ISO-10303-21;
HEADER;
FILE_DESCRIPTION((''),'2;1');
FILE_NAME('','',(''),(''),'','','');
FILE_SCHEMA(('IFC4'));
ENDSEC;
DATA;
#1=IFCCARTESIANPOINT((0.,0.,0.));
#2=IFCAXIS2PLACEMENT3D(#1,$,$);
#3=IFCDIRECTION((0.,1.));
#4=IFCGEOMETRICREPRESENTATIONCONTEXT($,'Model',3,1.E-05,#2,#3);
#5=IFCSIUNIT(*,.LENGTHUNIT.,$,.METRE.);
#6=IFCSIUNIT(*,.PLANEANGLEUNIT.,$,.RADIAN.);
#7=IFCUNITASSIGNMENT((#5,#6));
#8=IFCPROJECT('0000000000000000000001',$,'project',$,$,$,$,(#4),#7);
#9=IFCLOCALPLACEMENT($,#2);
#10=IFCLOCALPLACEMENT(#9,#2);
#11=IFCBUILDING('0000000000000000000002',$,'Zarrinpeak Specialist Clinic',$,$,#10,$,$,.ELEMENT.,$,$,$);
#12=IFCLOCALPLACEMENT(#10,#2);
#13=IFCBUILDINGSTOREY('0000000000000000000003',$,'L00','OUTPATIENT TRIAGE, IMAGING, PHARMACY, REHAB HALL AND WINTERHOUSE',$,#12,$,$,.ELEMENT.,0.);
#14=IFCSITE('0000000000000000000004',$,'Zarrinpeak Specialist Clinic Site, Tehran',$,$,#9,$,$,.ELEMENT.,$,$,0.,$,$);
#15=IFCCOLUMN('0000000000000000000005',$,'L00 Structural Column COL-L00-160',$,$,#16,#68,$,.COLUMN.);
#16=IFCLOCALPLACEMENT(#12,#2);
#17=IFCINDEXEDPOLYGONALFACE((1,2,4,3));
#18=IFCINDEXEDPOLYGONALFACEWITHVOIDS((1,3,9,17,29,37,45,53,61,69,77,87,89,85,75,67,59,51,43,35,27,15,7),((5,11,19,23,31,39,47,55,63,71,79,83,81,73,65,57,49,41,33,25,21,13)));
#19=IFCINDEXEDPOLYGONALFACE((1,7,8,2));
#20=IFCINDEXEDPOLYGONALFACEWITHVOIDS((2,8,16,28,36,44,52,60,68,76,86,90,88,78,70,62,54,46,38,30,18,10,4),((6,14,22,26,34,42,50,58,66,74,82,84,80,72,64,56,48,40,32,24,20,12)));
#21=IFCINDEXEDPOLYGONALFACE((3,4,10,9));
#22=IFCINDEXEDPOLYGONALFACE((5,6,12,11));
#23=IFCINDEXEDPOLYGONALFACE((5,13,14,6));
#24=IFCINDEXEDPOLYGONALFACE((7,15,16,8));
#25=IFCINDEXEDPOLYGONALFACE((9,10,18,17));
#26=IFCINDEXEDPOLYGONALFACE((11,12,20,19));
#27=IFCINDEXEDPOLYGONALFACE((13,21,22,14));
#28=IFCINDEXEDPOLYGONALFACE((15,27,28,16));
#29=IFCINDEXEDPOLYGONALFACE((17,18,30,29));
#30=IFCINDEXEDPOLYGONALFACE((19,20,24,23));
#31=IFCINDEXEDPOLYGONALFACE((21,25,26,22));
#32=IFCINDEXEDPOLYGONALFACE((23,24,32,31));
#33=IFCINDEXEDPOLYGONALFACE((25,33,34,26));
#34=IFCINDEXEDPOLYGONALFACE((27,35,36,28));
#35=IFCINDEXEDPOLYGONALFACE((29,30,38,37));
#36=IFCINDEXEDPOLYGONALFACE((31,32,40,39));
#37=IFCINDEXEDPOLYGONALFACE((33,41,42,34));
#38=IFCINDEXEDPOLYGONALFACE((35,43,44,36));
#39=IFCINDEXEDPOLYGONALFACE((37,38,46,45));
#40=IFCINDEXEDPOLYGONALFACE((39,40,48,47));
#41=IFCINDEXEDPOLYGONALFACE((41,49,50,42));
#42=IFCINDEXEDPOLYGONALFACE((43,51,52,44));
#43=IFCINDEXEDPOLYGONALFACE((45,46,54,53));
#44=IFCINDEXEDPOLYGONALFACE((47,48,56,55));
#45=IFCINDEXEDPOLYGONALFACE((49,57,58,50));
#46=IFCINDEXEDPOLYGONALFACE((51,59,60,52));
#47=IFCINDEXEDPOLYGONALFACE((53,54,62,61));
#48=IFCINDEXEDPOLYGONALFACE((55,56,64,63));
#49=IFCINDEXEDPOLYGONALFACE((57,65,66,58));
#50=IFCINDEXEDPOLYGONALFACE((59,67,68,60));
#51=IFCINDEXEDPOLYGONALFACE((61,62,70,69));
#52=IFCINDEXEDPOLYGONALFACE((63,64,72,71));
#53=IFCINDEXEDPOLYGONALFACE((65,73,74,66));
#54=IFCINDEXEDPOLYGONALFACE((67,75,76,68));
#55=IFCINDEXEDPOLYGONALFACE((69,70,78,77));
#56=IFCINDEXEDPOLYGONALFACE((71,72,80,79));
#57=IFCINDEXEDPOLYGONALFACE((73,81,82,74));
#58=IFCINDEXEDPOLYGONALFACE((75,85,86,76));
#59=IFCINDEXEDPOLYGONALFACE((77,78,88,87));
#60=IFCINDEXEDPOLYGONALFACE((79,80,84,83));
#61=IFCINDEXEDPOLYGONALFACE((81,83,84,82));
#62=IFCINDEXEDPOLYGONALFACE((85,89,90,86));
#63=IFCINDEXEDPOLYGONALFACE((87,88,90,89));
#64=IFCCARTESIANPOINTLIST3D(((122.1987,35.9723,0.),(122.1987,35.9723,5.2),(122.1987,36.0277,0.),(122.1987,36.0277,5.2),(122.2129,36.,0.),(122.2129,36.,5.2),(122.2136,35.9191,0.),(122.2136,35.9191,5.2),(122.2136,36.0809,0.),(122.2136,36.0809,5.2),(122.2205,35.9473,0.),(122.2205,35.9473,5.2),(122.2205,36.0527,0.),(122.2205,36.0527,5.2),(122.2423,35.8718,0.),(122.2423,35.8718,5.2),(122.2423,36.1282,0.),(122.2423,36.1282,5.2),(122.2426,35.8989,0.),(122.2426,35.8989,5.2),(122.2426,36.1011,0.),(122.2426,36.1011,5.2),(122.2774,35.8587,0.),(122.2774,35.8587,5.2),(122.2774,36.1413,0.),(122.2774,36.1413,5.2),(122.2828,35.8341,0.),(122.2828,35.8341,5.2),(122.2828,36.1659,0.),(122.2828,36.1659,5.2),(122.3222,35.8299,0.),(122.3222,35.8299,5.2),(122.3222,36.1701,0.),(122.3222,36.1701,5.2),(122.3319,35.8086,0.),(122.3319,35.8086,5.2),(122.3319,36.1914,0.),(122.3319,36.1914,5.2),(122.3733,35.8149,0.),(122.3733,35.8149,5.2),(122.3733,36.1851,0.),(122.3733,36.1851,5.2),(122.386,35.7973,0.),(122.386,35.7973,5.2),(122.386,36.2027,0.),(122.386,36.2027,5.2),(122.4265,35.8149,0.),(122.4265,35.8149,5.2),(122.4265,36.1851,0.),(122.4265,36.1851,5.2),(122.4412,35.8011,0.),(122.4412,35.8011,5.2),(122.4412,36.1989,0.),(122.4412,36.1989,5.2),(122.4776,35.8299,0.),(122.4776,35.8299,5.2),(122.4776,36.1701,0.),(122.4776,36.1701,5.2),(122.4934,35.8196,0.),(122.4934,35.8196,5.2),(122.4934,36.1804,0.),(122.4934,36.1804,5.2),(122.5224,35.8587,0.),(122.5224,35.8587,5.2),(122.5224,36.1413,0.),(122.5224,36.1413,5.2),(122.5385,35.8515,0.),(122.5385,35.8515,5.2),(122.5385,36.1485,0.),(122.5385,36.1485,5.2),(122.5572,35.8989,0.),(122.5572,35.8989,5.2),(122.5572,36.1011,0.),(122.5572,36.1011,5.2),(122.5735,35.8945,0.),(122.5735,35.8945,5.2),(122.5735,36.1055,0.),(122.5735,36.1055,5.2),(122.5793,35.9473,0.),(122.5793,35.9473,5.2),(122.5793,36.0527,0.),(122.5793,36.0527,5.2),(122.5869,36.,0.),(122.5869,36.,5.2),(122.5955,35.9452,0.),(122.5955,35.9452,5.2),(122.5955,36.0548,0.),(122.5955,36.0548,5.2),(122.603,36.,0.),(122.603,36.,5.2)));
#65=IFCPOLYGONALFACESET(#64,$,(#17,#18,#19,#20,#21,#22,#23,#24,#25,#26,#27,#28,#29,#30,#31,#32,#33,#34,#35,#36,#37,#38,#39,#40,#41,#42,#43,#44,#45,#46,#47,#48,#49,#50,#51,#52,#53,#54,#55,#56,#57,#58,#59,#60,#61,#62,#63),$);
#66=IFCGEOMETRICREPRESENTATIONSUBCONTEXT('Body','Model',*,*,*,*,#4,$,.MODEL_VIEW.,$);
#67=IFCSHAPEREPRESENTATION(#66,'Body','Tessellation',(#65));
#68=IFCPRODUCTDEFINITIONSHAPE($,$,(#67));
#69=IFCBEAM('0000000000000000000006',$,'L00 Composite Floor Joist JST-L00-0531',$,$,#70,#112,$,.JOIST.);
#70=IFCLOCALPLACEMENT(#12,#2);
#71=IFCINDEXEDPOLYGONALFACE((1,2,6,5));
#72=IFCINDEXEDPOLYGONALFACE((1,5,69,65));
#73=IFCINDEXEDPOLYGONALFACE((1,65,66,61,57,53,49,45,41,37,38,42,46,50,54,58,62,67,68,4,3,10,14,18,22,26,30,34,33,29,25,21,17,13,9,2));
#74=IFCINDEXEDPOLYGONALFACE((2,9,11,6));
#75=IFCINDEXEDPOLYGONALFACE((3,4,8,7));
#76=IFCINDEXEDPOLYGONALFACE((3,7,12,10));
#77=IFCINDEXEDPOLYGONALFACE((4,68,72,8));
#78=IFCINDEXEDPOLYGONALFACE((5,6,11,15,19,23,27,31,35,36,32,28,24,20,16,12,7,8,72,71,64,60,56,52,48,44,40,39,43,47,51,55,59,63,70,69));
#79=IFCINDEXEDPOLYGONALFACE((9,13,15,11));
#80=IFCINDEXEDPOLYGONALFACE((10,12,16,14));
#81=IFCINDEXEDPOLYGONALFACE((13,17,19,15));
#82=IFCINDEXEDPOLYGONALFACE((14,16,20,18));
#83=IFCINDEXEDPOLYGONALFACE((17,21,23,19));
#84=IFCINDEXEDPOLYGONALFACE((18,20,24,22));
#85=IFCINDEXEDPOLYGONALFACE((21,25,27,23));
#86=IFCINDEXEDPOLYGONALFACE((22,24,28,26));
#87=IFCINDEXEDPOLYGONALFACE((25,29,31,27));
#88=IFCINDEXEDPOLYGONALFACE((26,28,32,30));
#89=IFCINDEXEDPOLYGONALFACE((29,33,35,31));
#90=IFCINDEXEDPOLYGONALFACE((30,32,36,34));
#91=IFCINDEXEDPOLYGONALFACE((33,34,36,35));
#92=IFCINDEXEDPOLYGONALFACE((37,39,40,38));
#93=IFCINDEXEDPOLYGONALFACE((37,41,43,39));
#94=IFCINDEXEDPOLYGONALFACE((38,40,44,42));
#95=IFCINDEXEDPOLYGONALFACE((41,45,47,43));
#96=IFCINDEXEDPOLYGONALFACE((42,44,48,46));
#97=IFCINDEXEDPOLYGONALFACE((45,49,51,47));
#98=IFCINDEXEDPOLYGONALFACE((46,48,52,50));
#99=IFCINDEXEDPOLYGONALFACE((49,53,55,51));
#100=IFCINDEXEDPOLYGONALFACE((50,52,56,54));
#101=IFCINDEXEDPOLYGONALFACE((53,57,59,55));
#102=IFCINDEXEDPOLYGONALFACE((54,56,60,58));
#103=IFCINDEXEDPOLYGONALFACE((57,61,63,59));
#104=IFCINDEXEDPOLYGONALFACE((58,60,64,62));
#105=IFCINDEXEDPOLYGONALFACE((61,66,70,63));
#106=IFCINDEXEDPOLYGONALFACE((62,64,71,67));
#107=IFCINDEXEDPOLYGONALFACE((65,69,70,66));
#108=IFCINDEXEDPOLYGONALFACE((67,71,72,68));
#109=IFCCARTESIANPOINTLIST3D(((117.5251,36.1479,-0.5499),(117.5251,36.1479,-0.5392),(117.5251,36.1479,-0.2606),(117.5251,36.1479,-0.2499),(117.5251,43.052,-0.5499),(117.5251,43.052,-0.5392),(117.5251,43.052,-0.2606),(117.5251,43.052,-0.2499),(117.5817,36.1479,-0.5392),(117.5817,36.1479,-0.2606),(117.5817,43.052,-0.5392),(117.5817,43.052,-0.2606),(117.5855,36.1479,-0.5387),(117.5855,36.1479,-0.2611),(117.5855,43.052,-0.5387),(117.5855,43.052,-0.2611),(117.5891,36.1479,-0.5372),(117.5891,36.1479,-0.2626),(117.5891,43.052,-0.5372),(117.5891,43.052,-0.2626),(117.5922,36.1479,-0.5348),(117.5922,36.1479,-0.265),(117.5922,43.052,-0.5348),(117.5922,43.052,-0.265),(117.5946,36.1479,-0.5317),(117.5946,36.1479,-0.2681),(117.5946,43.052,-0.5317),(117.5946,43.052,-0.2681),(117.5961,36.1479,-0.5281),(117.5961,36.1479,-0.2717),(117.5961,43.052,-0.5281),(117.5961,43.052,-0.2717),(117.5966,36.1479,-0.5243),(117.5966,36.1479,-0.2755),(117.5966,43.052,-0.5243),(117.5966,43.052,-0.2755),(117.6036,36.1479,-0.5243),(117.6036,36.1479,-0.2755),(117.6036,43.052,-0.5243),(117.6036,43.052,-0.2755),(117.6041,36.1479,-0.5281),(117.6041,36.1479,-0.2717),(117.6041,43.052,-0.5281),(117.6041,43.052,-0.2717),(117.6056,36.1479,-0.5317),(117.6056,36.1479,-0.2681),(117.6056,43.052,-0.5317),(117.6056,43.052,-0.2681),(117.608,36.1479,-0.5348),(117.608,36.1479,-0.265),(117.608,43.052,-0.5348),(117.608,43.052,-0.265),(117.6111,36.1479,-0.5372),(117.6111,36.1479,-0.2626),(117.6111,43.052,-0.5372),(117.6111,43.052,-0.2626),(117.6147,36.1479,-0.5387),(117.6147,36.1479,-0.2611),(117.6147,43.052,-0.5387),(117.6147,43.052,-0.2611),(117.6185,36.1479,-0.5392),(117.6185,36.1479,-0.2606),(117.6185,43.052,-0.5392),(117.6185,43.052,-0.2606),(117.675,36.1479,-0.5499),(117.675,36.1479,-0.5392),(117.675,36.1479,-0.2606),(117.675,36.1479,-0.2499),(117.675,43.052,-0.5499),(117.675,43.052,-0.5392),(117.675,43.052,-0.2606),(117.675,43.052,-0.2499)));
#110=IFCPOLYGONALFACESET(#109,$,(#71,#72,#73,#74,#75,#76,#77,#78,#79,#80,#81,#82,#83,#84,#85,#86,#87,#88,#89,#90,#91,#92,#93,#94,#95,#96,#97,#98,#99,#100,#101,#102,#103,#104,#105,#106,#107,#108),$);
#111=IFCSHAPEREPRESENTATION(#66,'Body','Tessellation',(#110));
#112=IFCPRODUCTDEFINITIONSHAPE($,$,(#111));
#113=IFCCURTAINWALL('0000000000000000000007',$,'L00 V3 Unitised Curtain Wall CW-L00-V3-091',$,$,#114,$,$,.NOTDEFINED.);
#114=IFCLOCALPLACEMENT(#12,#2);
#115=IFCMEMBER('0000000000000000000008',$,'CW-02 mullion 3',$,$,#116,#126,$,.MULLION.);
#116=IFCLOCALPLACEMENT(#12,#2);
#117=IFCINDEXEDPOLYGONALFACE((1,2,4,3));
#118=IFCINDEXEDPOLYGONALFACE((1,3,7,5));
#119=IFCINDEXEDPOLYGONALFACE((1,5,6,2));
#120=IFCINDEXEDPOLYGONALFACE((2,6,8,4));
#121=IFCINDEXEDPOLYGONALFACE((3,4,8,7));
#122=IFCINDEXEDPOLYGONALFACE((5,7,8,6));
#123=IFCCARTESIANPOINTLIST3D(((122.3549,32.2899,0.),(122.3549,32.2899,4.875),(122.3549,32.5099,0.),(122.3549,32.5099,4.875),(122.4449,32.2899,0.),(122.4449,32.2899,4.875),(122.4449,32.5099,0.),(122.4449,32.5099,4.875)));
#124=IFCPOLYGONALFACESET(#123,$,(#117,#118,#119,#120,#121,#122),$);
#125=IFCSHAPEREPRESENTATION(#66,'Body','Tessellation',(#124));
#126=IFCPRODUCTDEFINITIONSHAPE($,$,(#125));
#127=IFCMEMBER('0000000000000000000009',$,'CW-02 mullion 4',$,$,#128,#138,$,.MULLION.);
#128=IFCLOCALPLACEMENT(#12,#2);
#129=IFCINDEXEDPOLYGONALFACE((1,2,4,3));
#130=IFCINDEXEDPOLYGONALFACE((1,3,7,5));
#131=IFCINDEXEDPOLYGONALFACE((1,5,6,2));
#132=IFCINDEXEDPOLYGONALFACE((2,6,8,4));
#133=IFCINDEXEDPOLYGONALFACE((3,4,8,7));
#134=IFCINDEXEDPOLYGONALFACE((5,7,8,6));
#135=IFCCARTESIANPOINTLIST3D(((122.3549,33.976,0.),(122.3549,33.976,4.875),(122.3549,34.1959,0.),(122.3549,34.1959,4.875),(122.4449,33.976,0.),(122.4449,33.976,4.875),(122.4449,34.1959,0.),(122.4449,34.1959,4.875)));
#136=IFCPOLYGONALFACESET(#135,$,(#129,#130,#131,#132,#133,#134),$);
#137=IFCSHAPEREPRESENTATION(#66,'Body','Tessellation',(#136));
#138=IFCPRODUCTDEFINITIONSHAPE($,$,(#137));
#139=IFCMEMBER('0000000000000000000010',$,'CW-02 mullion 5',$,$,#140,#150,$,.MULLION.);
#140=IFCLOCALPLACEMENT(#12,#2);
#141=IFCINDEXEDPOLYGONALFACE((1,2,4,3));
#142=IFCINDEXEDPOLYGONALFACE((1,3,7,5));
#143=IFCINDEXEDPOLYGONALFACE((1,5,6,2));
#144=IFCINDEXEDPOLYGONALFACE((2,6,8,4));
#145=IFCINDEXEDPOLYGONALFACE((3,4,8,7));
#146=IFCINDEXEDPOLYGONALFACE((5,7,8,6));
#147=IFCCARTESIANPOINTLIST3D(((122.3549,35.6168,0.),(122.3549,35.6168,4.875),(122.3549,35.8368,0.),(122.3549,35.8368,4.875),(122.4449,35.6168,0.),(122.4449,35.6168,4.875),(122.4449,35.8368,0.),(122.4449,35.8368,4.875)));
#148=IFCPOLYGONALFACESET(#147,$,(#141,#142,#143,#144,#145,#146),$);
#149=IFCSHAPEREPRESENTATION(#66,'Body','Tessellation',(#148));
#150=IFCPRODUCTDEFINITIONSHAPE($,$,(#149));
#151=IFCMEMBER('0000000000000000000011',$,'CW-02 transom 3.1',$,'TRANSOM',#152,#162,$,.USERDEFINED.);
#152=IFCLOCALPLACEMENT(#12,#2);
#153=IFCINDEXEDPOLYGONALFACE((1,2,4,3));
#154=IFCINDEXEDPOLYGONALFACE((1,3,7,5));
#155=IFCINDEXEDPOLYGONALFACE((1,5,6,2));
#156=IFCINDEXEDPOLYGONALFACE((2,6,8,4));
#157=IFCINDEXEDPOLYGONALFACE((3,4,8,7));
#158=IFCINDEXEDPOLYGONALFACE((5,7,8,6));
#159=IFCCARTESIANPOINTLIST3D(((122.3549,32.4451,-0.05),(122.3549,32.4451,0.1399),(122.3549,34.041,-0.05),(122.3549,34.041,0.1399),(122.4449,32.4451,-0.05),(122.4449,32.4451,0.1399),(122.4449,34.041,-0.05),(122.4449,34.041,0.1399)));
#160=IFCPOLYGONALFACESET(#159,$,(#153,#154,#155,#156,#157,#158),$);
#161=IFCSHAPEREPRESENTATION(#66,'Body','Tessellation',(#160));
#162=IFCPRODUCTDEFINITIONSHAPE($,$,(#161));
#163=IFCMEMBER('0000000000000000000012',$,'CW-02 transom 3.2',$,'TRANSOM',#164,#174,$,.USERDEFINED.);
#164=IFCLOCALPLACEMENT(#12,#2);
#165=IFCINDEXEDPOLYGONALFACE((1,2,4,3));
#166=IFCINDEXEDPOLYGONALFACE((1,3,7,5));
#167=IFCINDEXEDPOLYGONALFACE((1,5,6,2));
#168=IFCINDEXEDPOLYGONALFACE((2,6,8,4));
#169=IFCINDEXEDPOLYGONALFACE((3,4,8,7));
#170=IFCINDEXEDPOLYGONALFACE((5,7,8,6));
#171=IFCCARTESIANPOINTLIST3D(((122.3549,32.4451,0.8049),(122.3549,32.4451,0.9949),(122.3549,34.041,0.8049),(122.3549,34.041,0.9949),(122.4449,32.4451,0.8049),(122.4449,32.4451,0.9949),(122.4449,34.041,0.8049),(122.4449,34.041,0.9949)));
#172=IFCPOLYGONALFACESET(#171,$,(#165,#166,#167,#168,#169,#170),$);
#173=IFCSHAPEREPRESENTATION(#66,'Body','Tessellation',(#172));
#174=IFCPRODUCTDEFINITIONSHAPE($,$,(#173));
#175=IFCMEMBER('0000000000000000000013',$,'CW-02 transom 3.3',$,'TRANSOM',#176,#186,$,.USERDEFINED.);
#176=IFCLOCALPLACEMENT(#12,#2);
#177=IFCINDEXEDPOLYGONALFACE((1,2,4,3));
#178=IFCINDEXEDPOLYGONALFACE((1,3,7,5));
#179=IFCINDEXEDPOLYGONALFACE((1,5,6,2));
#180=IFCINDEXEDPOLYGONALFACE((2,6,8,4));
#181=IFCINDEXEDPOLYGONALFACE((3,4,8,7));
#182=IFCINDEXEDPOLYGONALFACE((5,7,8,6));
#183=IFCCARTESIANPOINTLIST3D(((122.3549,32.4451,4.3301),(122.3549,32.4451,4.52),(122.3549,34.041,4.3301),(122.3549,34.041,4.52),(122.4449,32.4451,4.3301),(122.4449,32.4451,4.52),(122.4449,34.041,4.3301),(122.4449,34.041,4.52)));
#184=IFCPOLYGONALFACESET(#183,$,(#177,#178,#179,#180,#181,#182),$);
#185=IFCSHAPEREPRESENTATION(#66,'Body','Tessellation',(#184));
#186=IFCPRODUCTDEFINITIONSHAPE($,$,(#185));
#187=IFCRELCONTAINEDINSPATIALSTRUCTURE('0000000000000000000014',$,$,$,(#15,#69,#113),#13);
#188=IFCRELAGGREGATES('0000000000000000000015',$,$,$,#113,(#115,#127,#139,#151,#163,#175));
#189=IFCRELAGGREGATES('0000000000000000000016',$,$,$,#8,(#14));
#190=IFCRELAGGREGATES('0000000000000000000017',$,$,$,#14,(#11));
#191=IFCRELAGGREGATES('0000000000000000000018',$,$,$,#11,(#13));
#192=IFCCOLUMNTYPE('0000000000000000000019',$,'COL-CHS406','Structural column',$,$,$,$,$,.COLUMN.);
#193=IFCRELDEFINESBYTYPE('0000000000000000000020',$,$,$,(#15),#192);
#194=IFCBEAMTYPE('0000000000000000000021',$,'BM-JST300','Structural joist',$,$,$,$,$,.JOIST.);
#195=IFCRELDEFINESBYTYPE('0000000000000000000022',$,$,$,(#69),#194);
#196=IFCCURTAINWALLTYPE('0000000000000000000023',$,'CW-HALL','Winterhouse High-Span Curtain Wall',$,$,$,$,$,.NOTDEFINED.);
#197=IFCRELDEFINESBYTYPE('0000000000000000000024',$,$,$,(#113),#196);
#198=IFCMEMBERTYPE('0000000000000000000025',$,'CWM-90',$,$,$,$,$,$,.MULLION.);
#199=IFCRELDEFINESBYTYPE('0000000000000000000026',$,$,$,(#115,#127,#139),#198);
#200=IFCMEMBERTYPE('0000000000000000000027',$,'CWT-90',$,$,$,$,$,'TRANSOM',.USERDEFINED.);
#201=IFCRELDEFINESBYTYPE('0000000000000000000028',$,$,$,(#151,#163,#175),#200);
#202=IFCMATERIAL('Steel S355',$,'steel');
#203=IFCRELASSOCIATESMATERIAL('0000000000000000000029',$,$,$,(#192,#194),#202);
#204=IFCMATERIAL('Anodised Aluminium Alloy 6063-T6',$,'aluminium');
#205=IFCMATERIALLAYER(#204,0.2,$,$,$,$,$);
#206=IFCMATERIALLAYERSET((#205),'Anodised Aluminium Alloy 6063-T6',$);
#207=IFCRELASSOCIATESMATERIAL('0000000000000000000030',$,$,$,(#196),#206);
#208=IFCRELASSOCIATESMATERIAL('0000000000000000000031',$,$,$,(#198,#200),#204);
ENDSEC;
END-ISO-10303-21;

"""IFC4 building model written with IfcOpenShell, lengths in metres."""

from ifc_helpers import new_model, si_unit, direction, frame, origin, origin_2d, place, context, subcontext, project, spatial, rectangle, hollow_circle, i_section, extrude, material, layer, layer_set, material_profile, profile_set, type_object, element, aggregate, save


model = new_model("IFC4")

# Units and contexts
model_context = context("Model", 3, precision=1e-05, world=origin(), true_north=direction((0.0, 1.0)))
body_context = subcontext(model_context, "Body", "Model", "MODEL_VIEW")
ifc_project = project(units=[si_unit("LENGTHUNIT", "METRE"), si_unit("PLANEANGLEUNIT", "RADIAN")], contexts=[model_context])

# Site, building, storey
site_placement = place(None, origin())
site = spatial("IfcSite", under=ifc_project, at=site_placement, Name="Zarrinpeak Specialist Clinic Site, Tehran", CompositionType="ELEMENT", RefElevation=0.0)
building_placement = place(site_placement, origin())
building = spatial("IfcBuilding", under=site, at=building_placement, Name="Zarrinpeak Specialist Clinic", CompositionType="ELEMENT")
storey_placement = place(building_placement, origin())
storey = spatial("IfcBuildingStorey", under=building, at=storey_placement, Name="L00", Description="OUTPATIENT TRIAGE, IMAGING, PHARMACY, REHAB HALL AND WINTERHOUSE", CompositionType="ELEMENT", Elevation=0.0)

# Column
ifc_material_1 = material(Name="Steel S355", Category="steel")
ifc_material_profile_1 = material_profile(ifc_material_1, hollow_circle(Radius=0.2031, WallThickness=0.0161, at=origin_2d()), Name="CHS 406.4x16.0")
ifc_profile_set_1 = profile_set([ifc_material_profile_1], Name="Steel S355")
column_type = type_object("IfcColumnType", Name="COL-CHS406", Description="Structural column", PredefinedType="COLUMN", material=ifc_profile_set_1)
column_placement = place(storey_placement, frame((122.3999, 36.0, 0.0), z_axis=(0.0, 0.0, 1.0), x_axis=(1.0, 0.0, 0.0)))
element("IfcColumn", 1, at=column_placement, inside=storey, type_object=column_type, Name="L00 Structural Column COL-L00-160", PredefinedType="COLUMN", context=body_context, shape_type="SweptSolid", body=[
    extrude(hollow_circle(Radius=0.2031, WallThickness=0.0161, at=origin_2d()), origin(), (0.0, 0.0, 1.0), 5.2),
])

# Beam
ifc_material_profile_2 = material_profile(ifc_material_1, i_section(OverallWidth=0.1499, OverallDepth=0.3, WebThickness=0.0071, FlangeThickness=0.0107, FilletRadius=0.0149, at=origin_2d()), Name="IPE 300")
ifc_profile_set_2 = profile_set([ifc_material_profile_2], Name="Steel S355")
beam_type = type_object("IfcBeamType", Name="BM-JST300", Description="Structural joist", PredefinedType="JOIST", material=ifc_profile_set_2)
beam_placement = place(storey_placement, frame((117.6001, 36.1479, -0.3999), z_axis=(0.0, 1.0, 0.0), x_axis=(-1.0, 0.0, 0.0)))
element("IfcBeam", 2, at=beam_placement, inside=storey, type_object=beam_type, Name="L00 Composite Floor Joist JST-L00-0531", PredefinedType="JOIST", context=body_context, shape_type="SweptSolid", body=[
    extrude(i_section(OverallWidth=0.1499, OverallDepth=0.3, WebThickness=0.0071, FlangeThickness=0.0107, FilletRadius=0.0149, at=origin_2d()), origin(), (0.0, 0.0, 1.0), 6.9041),
])

# Curtain wall, members
ifc_material_2 = material(Name="Anodised Aluminium Alloy 6063-T6", Category="aluminium")
ifc_layer_1 = layer(ifc_material_2, 0.2)
ifc_layer_set_1 = layer_set([ifc_layer_1], Name="Anodised Aluminium Alloy 6063-T6")
curtain_wall_type = type_object("IfcCurtainWallType", Name="CW-HALL", Description="Winterhouse High-Span Curtain Wall", PredefinedType="NOTDEFINED", material=ifc_layer_set_1)
curtain_wall_placement = place(storey_placement, origin())
curtain_wall = element("IfcCurtainWall", 3, at=curtain_wall_placement, inside=storey, type_object=curtain_wall_type, Name="L00 V3 Unitised Curtain Wall CW-L00-V3-091", PredefinedType="NOTDEFINED")
ifc_material_profile_3 = material_profile(ifc_material_2, rectangle(XDim=0.0901, YDim=0.22, at=origin_2d()), Name="ALU 90x220")
ifc_profile_set_3 = profile_set([ifc_material_profile_3], Name="Anodised Aluminium Alloy 6063-T6")
member_type_1 = type_object("IfcMemberType", Name="CWM-90", PredefinedType="MULLION", material=ifc_profile_set_3)
member_1_placement = place(storey_placement, frame((122.3999, 32.3999, 0.0), z_axis=(0.0, 0.0, 1.0), x_axis=(-1.0, 0.0, 0.0)))
member_1 = element("IfcMember", 4, at=member_1_placement, type_object=member_type_1, Name="CW-02 mullion 3", PredefinedType="MULLION", context=body_context, shape_type="SweptSolid", body=[
    extrude(rectangle(XDim=0.0901, YDim=0.22, at=origin_2d()), origin(), (0.0, 0.0, 1.0), 4.875),
])
member_2_placement = place(storey_placement, frame((122.3999, 34.0859, 0.0), z_axis=(0.0, 0.0, 1.0), x_axis=(-1.0, 0.0, 0.0)))
member_2 = element("IfcMember", 5, at=member_2_placement, type_object=member_type_1, Name="CW-02 mullion 4", PredefinedType="MULLION", context=body_context, shape_type="SweptSolid", body=[
    extrude(rectangle(XDim=0.0901, YDim=0.22, at=origin_2d()), origin(), (0.0, 0.0, 1.0), 4.875),
])
member_3_placement = place(storey_placement, frame((122.3999, 35.7268, 0.0), z_axis=(0.0, 0.0, 1.0), x_axis=(-1.0, 0.0, 0.0)))
member_3 = element("IfcMember", 6, at=member_3_placement, type_object=member_type_1, Name="CW-02 mullion 5", PredefinedType="MULLION", context=body_context, shape_type="SweptSolid", body=[
    extrude(rectangle(XDim=0.0901, YDim=0.22, at=origin_2d()), origin(), (0.0, 0.0, 1.0), 4.875),
])
ifc_material_profile_4 = material_profile(ifc_material_2, rectangle(XDim=0.0901, YDim=0.1899, at=origin_2d()), Name="ALU 90x190")
ifc_profile_set_4 = profile_set([ifc_material_profile_4], Name="Anodised Aluminium Alloy 6063-T6")
member_type_2 = type_object("IfcMemberType", Name="CWT-90", ElementType="TRANSOM", PredefinedType="USERDEFINED", material=ifc_profile_set_4)
member_4_placement = place(storey_placement, frame((122.3999, 32.4451, 0.0449), z_axis=(0.0, 1.0, 0.0), x_axis=(-1.0, 0.0, 0.0)))
member_4 = element("IfcMember", 7, at=member_4_placement, type_object=member_type_2, Name="CW-02 transom 3.1", ObjectType="TRANSOM", PredefinedType="USERDEFINED", context=body_context, shape_type="SweptSolid", body=[
    extrude(rectangle(XDim=0.0901, YDim=0.1899, at=origin_2d()), origin(), (0.0, 0.0, 1.0), 1.5959),
])
member_5_placement = place(storey_placement, frame((122.3999, 32.4451, 0.8999), z_axis=(0.0, 1.0, 0.0), x_axis=(-1.0, 0.0, 0.0)))
member_5 = element("IfcMember", 8, at=member_5_placement, type_object=member_type_2, Name="CW-02 transom 3.2", ObjectType="TRANSOM", PredefinedType="USERDEFINED", context=body_context, shape_type="SweptSolid", body=[
    extrude(rectangle(XDim=0.0901, YDim=0.1899, at=origin_2d()), origin(), (0.0, 0.0, 1.0), 1.5959),
])
member_6_placement = place(storey_placement, frame((122.3999, 32.4451, 4.425), z_axis=(0.0, 1.0, 0.0), x_axis=(-1.0, 0.0, 0.0)))
member_6 = element("IfcMember", 9, at=member_6_placement, type_object=member_type_2, Name="CW-02 transom 3.3", ObjectType="TRANSOM", PredefinedType="USERDEFINED", context=body_context, shape_type="SweptSolid", body=[
    extrude(rectangle(XDim=0.0901, YDim=0.1899, at=origin_2d()), origin(), (0.0, 0.0, 1.0), 1.5959),
])
aggregate(curtain_wall, [member_1, member_2, member_3, member_4, member_5, member_6])

save(model, "model.ifc")
